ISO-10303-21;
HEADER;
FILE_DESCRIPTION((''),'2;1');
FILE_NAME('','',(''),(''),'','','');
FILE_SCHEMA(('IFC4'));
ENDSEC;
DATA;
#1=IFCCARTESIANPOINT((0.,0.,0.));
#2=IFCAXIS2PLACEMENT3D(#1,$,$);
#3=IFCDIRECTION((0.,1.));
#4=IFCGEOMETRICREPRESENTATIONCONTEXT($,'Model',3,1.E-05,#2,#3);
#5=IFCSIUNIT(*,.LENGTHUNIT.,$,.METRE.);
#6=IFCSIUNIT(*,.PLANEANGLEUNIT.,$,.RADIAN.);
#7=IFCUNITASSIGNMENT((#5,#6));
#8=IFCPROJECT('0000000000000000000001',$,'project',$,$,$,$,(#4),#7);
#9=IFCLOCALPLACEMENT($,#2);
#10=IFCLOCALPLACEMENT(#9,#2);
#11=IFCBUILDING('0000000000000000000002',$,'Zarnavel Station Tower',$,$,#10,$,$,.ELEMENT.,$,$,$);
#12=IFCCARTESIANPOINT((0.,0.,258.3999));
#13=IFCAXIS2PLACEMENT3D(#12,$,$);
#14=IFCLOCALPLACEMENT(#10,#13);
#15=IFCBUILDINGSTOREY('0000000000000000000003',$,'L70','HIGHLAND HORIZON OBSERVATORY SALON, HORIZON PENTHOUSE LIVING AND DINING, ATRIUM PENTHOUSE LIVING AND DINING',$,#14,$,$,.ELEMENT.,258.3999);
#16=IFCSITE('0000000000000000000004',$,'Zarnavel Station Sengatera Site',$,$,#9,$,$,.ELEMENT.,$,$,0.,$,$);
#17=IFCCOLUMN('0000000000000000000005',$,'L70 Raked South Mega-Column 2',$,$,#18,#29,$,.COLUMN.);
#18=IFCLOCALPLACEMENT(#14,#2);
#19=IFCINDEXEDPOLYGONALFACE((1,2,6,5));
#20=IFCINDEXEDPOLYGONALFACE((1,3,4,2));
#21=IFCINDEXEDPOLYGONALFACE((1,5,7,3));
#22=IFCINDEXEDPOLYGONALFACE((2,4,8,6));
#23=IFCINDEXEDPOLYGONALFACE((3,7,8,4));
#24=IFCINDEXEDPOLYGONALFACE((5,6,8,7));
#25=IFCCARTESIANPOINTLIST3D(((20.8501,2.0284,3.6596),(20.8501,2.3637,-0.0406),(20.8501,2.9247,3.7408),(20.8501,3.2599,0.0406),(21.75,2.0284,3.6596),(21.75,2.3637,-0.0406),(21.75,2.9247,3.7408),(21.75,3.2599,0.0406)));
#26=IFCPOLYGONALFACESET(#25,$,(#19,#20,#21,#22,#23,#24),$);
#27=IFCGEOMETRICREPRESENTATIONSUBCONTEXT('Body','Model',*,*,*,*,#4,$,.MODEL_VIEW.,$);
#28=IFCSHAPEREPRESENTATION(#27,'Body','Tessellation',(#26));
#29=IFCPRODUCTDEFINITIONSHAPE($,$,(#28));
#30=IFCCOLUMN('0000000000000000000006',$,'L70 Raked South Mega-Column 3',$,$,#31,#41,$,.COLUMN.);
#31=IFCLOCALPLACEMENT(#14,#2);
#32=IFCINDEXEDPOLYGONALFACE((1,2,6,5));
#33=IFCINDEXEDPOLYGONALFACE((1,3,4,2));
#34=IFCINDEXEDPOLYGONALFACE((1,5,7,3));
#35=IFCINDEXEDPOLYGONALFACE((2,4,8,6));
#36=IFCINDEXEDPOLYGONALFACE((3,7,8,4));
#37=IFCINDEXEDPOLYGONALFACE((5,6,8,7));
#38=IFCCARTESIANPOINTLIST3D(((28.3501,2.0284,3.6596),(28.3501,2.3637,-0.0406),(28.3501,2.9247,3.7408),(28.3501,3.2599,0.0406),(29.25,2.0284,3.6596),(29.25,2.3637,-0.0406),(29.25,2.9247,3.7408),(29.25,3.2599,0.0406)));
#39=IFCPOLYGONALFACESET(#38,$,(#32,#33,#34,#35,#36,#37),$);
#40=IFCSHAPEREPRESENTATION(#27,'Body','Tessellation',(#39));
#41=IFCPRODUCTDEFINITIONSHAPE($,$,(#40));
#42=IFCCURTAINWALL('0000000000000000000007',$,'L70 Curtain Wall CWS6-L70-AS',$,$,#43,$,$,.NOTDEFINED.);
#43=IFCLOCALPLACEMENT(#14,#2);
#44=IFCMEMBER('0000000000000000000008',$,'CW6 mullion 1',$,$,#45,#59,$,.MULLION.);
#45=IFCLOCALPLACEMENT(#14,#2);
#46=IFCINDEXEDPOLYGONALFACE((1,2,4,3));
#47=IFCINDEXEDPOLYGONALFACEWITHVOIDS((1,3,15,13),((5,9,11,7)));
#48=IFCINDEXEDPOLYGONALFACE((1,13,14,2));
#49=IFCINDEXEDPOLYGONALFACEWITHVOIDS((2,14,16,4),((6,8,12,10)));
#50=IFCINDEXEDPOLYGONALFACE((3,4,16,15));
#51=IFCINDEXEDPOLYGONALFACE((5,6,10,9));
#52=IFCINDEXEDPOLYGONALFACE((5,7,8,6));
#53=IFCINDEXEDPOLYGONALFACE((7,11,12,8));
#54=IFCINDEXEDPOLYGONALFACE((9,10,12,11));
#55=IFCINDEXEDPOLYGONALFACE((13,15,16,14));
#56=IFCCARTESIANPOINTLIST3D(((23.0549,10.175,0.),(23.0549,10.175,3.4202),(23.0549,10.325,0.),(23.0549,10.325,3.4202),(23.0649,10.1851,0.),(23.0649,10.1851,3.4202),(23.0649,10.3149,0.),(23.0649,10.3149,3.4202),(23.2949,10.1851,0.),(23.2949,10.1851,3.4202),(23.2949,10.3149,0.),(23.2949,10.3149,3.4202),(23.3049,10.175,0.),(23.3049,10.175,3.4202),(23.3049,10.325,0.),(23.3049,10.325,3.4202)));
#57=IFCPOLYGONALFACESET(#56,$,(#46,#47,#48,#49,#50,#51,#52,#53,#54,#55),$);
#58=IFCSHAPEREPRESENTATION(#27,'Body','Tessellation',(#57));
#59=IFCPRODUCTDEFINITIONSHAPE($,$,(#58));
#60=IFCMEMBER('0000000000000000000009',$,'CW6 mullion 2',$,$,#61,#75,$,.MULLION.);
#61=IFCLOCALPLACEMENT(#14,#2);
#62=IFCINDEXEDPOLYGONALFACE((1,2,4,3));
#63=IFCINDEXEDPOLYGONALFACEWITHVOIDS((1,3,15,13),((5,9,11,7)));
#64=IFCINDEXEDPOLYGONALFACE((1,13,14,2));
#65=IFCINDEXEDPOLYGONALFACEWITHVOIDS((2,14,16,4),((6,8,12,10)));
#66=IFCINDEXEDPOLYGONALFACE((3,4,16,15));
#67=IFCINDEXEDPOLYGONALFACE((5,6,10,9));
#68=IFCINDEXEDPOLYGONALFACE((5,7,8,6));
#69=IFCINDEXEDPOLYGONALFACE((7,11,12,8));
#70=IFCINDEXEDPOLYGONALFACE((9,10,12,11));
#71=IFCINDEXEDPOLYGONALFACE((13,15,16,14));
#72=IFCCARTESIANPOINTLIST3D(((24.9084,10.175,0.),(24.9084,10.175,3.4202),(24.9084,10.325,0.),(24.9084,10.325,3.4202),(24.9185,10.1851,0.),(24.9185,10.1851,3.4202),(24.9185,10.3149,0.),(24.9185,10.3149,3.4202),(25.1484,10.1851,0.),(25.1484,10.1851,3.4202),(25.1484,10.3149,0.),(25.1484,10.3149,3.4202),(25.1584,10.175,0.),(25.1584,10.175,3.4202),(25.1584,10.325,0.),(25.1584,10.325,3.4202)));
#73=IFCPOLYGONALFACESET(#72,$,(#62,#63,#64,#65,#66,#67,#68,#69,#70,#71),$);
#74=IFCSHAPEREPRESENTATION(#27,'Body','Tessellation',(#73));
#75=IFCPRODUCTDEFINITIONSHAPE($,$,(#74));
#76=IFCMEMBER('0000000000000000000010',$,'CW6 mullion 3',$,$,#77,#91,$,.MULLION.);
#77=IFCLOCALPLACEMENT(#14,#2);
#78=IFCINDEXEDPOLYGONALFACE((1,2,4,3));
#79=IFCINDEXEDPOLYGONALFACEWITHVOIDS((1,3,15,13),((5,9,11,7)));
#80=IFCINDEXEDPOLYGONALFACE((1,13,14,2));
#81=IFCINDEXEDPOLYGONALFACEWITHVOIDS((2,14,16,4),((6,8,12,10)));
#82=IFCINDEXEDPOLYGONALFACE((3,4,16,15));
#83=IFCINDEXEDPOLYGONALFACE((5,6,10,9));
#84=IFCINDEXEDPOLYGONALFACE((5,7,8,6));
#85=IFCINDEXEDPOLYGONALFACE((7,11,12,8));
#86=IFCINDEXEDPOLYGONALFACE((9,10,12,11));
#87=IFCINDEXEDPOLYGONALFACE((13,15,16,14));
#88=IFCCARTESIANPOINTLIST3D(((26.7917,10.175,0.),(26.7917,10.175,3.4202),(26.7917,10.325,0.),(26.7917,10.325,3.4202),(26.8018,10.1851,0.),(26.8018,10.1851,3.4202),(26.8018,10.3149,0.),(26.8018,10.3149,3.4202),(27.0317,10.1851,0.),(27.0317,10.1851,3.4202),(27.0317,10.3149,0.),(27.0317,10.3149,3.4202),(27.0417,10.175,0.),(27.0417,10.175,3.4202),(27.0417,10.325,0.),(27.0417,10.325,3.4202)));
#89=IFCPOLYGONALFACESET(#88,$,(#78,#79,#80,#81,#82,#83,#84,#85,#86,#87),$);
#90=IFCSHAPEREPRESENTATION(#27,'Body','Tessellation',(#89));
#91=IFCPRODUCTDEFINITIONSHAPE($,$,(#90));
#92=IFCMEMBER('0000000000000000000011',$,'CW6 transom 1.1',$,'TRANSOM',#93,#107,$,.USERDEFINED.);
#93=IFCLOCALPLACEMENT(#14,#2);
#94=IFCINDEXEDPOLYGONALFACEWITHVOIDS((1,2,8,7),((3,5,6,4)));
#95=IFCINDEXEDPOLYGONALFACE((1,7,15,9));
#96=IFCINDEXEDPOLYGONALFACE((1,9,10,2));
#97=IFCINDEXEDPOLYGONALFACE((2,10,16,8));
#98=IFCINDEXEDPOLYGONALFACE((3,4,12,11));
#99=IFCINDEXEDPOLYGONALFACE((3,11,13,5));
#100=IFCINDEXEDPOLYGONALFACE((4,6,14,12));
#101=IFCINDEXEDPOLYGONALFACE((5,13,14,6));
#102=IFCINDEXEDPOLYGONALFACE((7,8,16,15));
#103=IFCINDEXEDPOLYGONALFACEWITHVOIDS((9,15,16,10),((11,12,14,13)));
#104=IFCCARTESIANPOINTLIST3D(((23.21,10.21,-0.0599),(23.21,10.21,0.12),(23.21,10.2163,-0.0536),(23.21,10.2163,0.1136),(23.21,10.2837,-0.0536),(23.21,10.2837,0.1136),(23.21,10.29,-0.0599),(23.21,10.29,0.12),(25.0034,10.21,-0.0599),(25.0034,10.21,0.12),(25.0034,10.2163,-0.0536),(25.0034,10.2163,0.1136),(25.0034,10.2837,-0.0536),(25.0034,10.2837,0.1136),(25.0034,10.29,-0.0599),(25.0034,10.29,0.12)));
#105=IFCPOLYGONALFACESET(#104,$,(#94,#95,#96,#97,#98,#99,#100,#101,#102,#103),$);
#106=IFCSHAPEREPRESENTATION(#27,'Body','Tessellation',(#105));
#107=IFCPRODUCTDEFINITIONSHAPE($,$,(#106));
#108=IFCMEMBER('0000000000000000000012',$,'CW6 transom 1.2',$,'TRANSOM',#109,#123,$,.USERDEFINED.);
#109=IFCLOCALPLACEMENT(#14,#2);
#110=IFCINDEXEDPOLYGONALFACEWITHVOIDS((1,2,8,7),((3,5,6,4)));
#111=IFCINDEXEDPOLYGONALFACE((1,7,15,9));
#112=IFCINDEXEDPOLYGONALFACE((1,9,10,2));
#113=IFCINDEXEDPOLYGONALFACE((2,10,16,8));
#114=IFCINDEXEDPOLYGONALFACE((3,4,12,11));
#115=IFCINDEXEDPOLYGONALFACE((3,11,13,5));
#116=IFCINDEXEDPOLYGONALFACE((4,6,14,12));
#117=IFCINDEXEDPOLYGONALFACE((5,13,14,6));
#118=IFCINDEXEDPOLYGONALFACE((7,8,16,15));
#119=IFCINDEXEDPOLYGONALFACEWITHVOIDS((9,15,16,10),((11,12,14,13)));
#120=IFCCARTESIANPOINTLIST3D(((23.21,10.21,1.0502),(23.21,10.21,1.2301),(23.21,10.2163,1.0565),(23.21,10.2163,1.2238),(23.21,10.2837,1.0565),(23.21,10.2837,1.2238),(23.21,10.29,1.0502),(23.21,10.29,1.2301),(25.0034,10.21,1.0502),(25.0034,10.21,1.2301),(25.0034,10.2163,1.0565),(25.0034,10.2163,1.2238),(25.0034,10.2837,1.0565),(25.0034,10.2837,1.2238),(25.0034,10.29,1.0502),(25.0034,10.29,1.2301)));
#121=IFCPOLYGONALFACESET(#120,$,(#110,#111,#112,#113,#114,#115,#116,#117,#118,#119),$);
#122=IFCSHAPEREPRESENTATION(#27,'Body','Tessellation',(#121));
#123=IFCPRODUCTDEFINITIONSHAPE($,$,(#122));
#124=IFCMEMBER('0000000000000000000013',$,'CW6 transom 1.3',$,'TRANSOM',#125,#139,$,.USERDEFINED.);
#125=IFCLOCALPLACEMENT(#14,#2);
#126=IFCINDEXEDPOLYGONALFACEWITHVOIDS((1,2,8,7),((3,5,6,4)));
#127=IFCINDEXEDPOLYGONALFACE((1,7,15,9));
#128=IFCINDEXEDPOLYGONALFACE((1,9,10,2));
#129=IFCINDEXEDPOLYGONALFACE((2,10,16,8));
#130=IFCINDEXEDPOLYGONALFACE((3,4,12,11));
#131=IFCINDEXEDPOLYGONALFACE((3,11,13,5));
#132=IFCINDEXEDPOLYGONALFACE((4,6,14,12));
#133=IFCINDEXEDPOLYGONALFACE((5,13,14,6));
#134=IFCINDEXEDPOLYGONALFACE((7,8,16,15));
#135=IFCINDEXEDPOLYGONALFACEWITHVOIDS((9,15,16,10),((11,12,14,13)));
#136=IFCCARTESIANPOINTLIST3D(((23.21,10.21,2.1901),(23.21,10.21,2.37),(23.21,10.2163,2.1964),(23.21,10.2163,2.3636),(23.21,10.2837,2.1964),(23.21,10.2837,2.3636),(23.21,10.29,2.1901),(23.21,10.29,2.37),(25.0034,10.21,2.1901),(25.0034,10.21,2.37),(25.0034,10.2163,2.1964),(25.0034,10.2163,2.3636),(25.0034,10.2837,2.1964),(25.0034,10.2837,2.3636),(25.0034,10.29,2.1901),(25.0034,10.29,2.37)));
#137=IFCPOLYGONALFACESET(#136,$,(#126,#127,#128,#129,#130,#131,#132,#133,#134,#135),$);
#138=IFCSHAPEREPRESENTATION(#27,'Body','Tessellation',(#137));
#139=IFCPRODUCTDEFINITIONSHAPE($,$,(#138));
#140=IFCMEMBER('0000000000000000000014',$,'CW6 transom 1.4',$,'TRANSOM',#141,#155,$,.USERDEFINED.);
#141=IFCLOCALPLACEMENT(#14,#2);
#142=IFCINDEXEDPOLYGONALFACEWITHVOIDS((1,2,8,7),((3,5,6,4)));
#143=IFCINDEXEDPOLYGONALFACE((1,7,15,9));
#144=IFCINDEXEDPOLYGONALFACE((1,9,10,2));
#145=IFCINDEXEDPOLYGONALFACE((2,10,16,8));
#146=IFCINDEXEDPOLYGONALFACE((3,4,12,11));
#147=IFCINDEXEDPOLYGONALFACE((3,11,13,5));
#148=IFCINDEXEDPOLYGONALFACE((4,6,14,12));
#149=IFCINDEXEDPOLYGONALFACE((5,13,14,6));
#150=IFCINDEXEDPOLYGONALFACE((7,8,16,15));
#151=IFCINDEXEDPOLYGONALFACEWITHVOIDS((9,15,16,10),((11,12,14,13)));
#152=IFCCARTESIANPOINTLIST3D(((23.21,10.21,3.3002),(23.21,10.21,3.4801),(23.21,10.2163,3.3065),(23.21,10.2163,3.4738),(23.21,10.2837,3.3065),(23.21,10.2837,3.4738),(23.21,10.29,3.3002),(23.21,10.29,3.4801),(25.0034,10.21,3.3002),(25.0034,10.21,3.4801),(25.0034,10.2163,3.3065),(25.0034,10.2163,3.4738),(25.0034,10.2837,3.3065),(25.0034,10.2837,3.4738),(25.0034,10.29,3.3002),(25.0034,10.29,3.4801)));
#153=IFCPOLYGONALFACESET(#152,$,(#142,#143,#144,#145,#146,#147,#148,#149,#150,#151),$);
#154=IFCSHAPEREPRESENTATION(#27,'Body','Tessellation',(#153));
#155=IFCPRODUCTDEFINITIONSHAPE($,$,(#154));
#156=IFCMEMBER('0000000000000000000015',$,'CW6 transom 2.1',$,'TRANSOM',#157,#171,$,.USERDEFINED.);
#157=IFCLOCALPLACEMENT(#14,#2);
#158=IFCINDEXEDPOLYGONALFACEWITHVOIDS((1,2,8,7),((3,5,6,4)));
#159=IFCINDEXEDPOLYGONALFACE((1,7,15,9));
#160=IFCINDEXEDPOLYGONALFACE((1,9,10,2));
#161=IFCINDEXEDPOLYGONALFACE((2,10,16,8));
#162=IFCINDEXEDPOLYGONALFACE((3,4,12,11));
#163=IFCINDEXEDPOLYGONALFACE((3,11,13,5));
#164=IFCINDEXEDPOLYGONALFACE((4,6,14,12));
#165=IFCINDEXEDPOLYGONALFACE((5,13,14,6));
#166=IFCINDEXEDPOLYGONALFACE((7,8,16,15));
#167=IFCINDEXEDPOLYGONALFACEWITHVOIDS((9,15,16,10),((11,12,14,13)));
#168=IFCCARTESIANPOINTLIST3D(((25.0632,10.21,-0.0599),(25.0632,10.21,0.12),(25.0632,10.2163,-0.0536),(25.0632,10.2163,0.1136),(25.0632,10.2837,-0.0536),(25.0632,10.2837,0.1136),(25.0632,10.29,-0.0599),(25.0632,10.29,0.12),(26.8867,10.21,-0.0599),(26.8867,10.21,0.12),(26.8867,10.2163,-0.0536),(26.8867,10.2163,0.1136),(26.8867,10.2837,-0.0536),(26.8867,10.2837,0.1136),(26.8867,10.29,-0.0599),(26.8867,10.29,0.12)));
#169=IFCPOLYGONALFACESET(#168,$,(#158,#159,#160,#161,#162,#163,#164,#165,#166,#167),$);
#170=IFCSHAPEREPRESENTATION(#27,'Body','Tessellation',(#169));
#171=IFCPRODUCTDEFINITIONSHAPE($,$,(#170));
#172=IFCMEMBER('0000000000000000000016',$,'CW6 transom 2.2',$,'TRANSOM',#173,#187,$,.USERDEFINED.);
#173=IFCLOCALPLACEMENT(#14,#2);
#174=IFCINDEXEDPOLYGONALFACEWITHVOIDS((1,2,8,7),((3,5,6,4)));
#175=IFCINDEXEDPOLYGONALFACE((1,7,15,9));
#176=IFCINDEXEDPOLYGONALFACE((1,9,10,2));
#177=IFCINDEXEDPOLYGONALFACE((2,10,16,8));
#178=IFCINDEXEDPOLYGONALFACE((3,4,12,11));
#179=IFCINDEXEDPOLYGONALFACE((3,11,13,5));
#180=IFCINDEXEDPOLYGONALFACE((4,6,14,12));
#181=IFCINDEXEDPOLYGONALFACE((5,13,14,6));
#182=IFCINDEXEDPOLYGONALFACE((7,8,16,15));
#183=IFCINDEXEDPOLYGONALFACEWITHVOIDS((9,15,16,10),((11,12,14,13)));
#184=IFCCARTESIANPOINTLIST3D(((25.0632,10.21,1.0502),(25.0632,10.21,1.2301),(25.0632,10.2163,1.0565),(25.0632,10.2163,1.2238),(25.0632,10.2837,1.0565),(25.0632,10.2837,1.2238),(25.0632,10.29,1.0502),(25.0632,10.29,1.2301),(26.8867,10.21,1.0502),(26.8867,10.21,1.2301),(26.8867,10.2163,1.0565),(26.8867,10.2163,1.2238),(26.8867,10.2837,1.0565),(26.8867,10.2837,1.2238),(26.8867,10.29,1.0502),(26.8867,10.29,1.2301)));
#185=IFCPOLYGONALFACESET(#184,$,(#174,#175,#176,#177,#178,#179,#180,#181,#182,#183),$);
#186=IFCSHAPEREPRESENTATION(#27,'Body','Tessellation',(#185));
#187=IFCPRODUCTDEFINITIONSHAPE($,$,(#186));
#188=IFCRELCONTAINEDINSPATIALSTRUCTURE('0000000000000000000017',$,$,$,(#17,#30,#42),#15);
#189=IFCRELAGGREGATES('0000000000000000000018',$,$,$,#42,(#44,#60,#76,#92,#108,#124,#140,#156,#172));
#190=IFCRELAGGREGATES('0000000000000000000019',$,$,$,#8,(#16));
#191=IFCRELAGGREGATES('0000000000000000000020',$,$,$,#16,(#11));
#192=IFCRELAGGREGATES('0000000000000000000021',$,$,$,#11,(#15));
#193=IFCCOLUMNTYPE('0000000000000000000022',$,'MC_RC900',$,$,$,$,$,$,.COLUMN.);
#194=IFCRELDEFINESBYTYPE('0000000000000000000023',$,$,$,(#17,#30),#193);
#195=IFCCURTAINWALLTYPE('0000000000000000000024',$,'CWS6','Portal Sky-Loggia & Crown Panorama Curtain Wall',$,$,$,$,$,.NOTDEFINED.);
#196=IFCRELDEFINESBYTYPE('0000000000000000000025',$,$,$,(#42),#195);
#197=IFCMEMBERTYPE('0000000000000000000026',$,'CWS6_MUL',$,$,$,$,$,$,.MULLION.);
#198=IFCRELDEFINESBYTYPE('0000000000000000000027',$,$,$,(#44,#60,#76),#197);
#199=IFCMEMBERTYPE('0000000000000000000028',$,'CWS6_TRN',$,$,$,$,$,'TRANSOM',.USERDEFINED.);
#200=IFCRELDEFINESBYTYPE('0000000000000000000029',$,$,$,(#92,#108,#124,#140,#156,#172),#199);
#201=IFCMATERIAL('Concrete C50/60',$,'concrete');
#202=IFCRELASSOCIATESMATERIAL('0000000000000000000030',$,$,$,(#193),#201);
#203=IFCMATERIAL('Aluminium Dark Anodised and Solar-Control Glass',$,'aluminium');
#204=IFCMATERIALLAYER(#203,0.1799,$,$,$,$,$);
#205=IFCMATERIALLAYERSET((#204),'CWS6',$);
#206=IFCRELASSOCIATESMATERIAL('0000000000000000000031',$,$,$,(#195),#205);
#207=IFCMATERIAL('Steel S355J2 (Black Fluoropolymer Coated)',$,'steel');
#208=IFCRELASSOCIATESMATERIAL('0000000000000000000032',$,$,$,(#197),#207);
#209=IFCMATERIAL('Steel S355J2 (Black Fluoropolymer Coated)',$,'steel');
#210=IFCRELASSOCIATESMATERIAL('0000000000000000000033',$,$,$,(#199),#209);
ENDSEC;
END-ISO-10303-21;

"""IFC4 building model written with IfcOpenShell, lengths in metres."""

from ifc_helpers import new_model, si_unit, direction, frame, origin, origin_2d, place, context, subcontext, project, spatial, rectangle, hollow_rectangle, extrude, material, layer, layer_set, material_profile, profile_set, type_object, element, aggregate, save


model = new_model("IFC4")

# Units and contexts
model_context = context("Model", 3, precision=1e-05, world=origin(), true_north=direction((0.0, 1.0)))
body_context = subcontext(model_context, "Body", "Model", "MODEL_VIEW")
ifc_project = project(units=[si_unit("LENGTHUNIT", "METRE"), si_unit("PLANEANGLEUNIT", "RADIAN")], contexts=[model_context])

# Site, building, storey
site_placement = place(None, origin())
site = spatial("IfcSite", under=ifc_project, at=site_placement, Name="Zarnavel Station Sengatera Site", CompositionType="ELEMENT", RefElevation=0.0)
building_placement = place(site_placement, origin())
building = spatial("IfcBuilding", under=site, at=building_placement, Name="Zarnavel Station Tower", CompositionType="ELEMENT")
storey_placement = place(building_placement, frame((0.0, 0.0, 258.3999)))
storey = spatial("IfcBuildingStorey", under=building, at=storey_placement, Name="L70", Description="HIGHLAND HORIZON OBSERVATORY SALON, HORIZON PENTHOUSE LIVING AND DINING, ATRIUM PENTHOUSE LIVING AND DINING", CompositionType="ELEMENT", Elevation=258.3999)

# Columns
ifc_material_1 = material(Name="Concrete C50/60", Category="concrete")
ifc_material_profile_1 = material_profile(ifc_material_1, rectangle(XDim=0.8999, YDim=0.8999, at=origin_2d()), Name="RC900x900")
ifc_profile_set_1 = profile_set([ifc_material_profile_1], Name="Concrete C50/60")
column_type = type_object("IfcColumnType", Name="MC_RC900", PredefinedType="COLUMN", material=ifc_profile_set_1)
for number, where, z_axis, x_axis, name in (
    (1, (21.3, 2.8118, 0.0), (0.0, -0.090222, 0.995922), (1.0, 0.0, 0.0), "L70 Raked South Mega-Column 2"),
    (2, (28.8, 2.8118, 0.0), (0.0, -0.090222, 0.995922), (1.0, 0.0, 0.0), "L70 Raked South Mega-Column 3"),
):
    element("IfcColumn", number, at=place(storey_placement, frame(where, z_axis=z_axis, x_axis=x_axis)), inside=storey, type_object=column_type, Name=name, PredefinedType="COLUMN", context=body_context, shape_type="SweptSolid", body=[
        extrude(rectangle(XDim=0.8999, YDim=0.8999, at=origin_2d()), origin(), (0.0, 0.0, 1.0), 3.7153),
    ])

# Curtain wall, members
ifc_material_2 = material(Name="Aluminium Dark Anodised and Solar-Control Glass", Category="aluminium")
ifc_layer_1 = layer(ifc_material_2, 0.1799)
ifc_layer_set_1 = layer_set([ifc_layer_1], Name="CWS6")
curtain_wall_type = type_object("IfcCurtainWallType", Name="CWS6", Description="Portal Sky-Loggia & Crown Panorama Curtain Wall", PredefinedType="NOTDEFINED", material=ifc_layer_set_1)
curtain_wall_placement = place(storey_placement, origin())
curtain_wall = element("IfcCurtainWall", 3, at=curtain_wall_placement, inside=storey, type_object=curtain_wall_type, Name="L70 Curtain Wall CWS6-L70-AS", PredefinedType="NOTDEFINED")
ifc_material_3 = material(Name="Steel S355J2 (Black Fluoropolymer Coated)", Category="steel")
ifc_material_profile_2 = material_profile(ifc_material_3, hollow_rectangle(XDim=0.1499, YDim=0.25, WallThickness=0.01, at=origin_2d()), Name="RHS250x150x10")
ifc_profile_set_2 = profile_set([ifc_material_profile_2], Name="Steel S355J2 (Black Fluoropolymer Coated)")
member_type_1 = type_object("IfcMemberType", Name="CWS6_MUL", PredefinedType="MULLION", material=ifc_profile_set_2)
member_1_placement = place(storey_placement, frame((23.1799, 10.25, 0.0), z_axis=(0.0, 0.0, 1.0), x_axis=(0.0, 1.0, 0.0)))
member_1 = element("IfcMember", 4, at=member_1_placement, type_object=member_type_1, Name="CW6 mullion 1", PredefinedType="MULLION", context=body_context, shape_type="SweptSolid", body=[
    extrude(hollow_rectangle(XDim=0.1499, YDim=0.25, WallThickness=0.01, at=origin_2d()), origin(), (0.0, 0.0, 1.0), 3.4202),
])
member_2_placement = place(storey_placement, frame((25.0334, 10.25, 0.0), z_axis=(0.0, 0.0, 1.0), x_axis=(0.0, 1.0, 0.0)))
member_2 = element("IfcMember", 5, at=member_2_placement, type_object=member_type_1, Name="CW6 mullion 2", PredefinedType="MULLION", context=body_context, shape_type="SweptSolid", body=[
    extrude(hollow_rectangle(XDim=0.1499, YDim=0.25, WallThickness=0.01, at=origin_2d()), origin(), (0.0, 0.0, 1.0), 3.4202),
])
member_3_placement = place(storey_placement, frame((26.9167, 10.25, 0.0), z_axis=(0.0, 0.0, 1.0), x_axis=(0.0, 1.0, 0.0)))
member_3 = element("IfcMember", 6, at=member_3_placement, type_object=member_type_1, Name="CW6 mullion 3", PredefinedType="MULLION", context=body_context, shape_type="SweptSolid", body=[
    extrude(hollow_rectangle(XDim=0.1499, YDim=0.25, WallThickness=0.01, at=origin_2d()), origin(), (0.0, 0.0, 1.0), 3.4202),
])
ifc_material_4 = material(Name="Steel S355J2 (Black Fluoropolymer Coated)", Category="steel")
ifc_material_profile_3 = material_profile(ifc_material_4, hollow_rectangle(XDim=0.0801, YDim=0.1799, WallThickness=0.0063, at=origin_2d()), Name="RHS180x80x6.3")
ifc_profile_set_3 = profile_set([ifc_material_profile_3], Name="Steel S355J2 (Black Fluoropolymer Coated)")
member_type_2 = type_object("IfcMemberType", Name="CWS6_TRN", ElementType="TRANSOM", PredefinedType="USERDEFINED", material=ifc_profile_set_3)
member_4_placement = place(storey_placement, frame((23.21, 10.25, 0.03), z_axis=(1.0, 0.0, 0.0), x_axis=(0.0, 1.0, 0.0)))
member_4 = element("IfcMember", 7, at=member_4_placement, type_object=member_type_2, Name="CW6 transom 1.1", ObjectType="TRANSOM", PredefinedType="USERDEFINED", context=body_context, shape_type="SweptSolid", body=[
    extrude(hollow_rectangle(XDim=0.0801, YDim=0.1799, WallThickness=0.0063, at=origin_2d()), origin(), (0.0, 0.0, 1.0), 1.7935),
])
member_5_placement = place(storey_placement, frame((23.21, 10.25, 1.1401), z_axis=(1.0, 0.0, 0.0), x_axis=(0.0, 1.0, 0.0)))
member_5 = element("IfcMember", 8, at=member_5_placement, type_object=member_type_2, Name="CW6 transom 1.2", ObjectType="TRANSOM", PredefinedType="USERDEFINED", context=body_context, shape_type="SweptSolid", body=[
    extrude(hollow_rectangle(XDim=0.0801, YDim=0.1799, WallThickness=0.0063, at=origin_2d()), origin(), (0.0, 0.0, 1.0), 1.7935),
])
member_6_placement = place(storey_placement, frame((23.21, 10.25, 2.28), z_axis=(1.0, 0.0, 0.0), x_axis=(0.0, 1.0, 0.0)))
member_6 = element("IfcMember", 9, at=member_6_placement, type_object=member_type_2, Name="CW6 transom 1.3", ObjectType="TRANSOM", PredefinedType="USERDEFINED", context=body_context, shape_type="SweptSolid", body=[
    extrude(hollow_rectangle(XDim=0.0801, YDim=0.1799, WallThickness=0.0063, at=origin_2d()), origin(), (0.0, 0.0, 1.0), 1.7935),
])
member_7_placement = place(storey_placement, frame((23.21, 10.25, 3.3901), z_axis=(1.0, 0.0, 0.0), x_axis=(0.0, 1.0, 0.0)))
member_7 = element("IfcMember", 10, at=member_7_placement, type_object=member_type_2, Name="CW6 transom 1.4", ObjectType="TRANSOM", PredefinedType="USERDEFINED", context=body_context, shape_type="SweptSolid", body=[
    extrude(hollow_rectangle(XDim=0.0801, YDim=0.1799, WallThickness=0.0063, at=origin_2d()), origin(), (0.0, 0.0, 1.0), 1.7935),
])
member_8_placement = place(storey_placement, frame((25.0632, 10.25, 0.03), z_axis=(1.0, 0.0, 0.0), x_axis=(0.0, 1.0, 0.0)))
member_8 = element("IfcMember", 11, at=member_8_placement, type_object=member_type_2, Name="CW6 transom 2.1", ObjectType="TRANSOM", PredefinedType="USERDEFINED", context=body_context, shape_type="SweptSolid", body=[
    extrude(hollow_rectangle(XDim=0.0801, YDim=0.1799, WallThickness=0.0063, at=origin_2d()), origin(), (0.0, 0.0, 1.0), 1.8235),
])
member_9_placement = place(storey_placement, frame((25.0632, 10.25, 1.1401), z_axis=(1.0, 0.0, 0.0), x_axis=(0.0, 1.0, 0.0)))
member_9 = element("IfcMember", 12, at=member_9_placement, type_object=member_type_2, Name="CW6 transom 2.2", ObjectType="TRANSOM", PredefinedType="USERDEFINED", context=body_context, shape_type="SweptSolid", body=[
    extrude(hollow_rectangle(XDim=0.0801, YDim=0.1799, WallThickness=0.0063, at=origin_2d()), origin(), (0.0, 0.0, 1.0), 1.8235),
])

aggregate(curtain_wall, [member_1, member_2, member_3, member_4, member_5, member_6, member_7, member_8, member_9])

save(model, "model.ifc")
